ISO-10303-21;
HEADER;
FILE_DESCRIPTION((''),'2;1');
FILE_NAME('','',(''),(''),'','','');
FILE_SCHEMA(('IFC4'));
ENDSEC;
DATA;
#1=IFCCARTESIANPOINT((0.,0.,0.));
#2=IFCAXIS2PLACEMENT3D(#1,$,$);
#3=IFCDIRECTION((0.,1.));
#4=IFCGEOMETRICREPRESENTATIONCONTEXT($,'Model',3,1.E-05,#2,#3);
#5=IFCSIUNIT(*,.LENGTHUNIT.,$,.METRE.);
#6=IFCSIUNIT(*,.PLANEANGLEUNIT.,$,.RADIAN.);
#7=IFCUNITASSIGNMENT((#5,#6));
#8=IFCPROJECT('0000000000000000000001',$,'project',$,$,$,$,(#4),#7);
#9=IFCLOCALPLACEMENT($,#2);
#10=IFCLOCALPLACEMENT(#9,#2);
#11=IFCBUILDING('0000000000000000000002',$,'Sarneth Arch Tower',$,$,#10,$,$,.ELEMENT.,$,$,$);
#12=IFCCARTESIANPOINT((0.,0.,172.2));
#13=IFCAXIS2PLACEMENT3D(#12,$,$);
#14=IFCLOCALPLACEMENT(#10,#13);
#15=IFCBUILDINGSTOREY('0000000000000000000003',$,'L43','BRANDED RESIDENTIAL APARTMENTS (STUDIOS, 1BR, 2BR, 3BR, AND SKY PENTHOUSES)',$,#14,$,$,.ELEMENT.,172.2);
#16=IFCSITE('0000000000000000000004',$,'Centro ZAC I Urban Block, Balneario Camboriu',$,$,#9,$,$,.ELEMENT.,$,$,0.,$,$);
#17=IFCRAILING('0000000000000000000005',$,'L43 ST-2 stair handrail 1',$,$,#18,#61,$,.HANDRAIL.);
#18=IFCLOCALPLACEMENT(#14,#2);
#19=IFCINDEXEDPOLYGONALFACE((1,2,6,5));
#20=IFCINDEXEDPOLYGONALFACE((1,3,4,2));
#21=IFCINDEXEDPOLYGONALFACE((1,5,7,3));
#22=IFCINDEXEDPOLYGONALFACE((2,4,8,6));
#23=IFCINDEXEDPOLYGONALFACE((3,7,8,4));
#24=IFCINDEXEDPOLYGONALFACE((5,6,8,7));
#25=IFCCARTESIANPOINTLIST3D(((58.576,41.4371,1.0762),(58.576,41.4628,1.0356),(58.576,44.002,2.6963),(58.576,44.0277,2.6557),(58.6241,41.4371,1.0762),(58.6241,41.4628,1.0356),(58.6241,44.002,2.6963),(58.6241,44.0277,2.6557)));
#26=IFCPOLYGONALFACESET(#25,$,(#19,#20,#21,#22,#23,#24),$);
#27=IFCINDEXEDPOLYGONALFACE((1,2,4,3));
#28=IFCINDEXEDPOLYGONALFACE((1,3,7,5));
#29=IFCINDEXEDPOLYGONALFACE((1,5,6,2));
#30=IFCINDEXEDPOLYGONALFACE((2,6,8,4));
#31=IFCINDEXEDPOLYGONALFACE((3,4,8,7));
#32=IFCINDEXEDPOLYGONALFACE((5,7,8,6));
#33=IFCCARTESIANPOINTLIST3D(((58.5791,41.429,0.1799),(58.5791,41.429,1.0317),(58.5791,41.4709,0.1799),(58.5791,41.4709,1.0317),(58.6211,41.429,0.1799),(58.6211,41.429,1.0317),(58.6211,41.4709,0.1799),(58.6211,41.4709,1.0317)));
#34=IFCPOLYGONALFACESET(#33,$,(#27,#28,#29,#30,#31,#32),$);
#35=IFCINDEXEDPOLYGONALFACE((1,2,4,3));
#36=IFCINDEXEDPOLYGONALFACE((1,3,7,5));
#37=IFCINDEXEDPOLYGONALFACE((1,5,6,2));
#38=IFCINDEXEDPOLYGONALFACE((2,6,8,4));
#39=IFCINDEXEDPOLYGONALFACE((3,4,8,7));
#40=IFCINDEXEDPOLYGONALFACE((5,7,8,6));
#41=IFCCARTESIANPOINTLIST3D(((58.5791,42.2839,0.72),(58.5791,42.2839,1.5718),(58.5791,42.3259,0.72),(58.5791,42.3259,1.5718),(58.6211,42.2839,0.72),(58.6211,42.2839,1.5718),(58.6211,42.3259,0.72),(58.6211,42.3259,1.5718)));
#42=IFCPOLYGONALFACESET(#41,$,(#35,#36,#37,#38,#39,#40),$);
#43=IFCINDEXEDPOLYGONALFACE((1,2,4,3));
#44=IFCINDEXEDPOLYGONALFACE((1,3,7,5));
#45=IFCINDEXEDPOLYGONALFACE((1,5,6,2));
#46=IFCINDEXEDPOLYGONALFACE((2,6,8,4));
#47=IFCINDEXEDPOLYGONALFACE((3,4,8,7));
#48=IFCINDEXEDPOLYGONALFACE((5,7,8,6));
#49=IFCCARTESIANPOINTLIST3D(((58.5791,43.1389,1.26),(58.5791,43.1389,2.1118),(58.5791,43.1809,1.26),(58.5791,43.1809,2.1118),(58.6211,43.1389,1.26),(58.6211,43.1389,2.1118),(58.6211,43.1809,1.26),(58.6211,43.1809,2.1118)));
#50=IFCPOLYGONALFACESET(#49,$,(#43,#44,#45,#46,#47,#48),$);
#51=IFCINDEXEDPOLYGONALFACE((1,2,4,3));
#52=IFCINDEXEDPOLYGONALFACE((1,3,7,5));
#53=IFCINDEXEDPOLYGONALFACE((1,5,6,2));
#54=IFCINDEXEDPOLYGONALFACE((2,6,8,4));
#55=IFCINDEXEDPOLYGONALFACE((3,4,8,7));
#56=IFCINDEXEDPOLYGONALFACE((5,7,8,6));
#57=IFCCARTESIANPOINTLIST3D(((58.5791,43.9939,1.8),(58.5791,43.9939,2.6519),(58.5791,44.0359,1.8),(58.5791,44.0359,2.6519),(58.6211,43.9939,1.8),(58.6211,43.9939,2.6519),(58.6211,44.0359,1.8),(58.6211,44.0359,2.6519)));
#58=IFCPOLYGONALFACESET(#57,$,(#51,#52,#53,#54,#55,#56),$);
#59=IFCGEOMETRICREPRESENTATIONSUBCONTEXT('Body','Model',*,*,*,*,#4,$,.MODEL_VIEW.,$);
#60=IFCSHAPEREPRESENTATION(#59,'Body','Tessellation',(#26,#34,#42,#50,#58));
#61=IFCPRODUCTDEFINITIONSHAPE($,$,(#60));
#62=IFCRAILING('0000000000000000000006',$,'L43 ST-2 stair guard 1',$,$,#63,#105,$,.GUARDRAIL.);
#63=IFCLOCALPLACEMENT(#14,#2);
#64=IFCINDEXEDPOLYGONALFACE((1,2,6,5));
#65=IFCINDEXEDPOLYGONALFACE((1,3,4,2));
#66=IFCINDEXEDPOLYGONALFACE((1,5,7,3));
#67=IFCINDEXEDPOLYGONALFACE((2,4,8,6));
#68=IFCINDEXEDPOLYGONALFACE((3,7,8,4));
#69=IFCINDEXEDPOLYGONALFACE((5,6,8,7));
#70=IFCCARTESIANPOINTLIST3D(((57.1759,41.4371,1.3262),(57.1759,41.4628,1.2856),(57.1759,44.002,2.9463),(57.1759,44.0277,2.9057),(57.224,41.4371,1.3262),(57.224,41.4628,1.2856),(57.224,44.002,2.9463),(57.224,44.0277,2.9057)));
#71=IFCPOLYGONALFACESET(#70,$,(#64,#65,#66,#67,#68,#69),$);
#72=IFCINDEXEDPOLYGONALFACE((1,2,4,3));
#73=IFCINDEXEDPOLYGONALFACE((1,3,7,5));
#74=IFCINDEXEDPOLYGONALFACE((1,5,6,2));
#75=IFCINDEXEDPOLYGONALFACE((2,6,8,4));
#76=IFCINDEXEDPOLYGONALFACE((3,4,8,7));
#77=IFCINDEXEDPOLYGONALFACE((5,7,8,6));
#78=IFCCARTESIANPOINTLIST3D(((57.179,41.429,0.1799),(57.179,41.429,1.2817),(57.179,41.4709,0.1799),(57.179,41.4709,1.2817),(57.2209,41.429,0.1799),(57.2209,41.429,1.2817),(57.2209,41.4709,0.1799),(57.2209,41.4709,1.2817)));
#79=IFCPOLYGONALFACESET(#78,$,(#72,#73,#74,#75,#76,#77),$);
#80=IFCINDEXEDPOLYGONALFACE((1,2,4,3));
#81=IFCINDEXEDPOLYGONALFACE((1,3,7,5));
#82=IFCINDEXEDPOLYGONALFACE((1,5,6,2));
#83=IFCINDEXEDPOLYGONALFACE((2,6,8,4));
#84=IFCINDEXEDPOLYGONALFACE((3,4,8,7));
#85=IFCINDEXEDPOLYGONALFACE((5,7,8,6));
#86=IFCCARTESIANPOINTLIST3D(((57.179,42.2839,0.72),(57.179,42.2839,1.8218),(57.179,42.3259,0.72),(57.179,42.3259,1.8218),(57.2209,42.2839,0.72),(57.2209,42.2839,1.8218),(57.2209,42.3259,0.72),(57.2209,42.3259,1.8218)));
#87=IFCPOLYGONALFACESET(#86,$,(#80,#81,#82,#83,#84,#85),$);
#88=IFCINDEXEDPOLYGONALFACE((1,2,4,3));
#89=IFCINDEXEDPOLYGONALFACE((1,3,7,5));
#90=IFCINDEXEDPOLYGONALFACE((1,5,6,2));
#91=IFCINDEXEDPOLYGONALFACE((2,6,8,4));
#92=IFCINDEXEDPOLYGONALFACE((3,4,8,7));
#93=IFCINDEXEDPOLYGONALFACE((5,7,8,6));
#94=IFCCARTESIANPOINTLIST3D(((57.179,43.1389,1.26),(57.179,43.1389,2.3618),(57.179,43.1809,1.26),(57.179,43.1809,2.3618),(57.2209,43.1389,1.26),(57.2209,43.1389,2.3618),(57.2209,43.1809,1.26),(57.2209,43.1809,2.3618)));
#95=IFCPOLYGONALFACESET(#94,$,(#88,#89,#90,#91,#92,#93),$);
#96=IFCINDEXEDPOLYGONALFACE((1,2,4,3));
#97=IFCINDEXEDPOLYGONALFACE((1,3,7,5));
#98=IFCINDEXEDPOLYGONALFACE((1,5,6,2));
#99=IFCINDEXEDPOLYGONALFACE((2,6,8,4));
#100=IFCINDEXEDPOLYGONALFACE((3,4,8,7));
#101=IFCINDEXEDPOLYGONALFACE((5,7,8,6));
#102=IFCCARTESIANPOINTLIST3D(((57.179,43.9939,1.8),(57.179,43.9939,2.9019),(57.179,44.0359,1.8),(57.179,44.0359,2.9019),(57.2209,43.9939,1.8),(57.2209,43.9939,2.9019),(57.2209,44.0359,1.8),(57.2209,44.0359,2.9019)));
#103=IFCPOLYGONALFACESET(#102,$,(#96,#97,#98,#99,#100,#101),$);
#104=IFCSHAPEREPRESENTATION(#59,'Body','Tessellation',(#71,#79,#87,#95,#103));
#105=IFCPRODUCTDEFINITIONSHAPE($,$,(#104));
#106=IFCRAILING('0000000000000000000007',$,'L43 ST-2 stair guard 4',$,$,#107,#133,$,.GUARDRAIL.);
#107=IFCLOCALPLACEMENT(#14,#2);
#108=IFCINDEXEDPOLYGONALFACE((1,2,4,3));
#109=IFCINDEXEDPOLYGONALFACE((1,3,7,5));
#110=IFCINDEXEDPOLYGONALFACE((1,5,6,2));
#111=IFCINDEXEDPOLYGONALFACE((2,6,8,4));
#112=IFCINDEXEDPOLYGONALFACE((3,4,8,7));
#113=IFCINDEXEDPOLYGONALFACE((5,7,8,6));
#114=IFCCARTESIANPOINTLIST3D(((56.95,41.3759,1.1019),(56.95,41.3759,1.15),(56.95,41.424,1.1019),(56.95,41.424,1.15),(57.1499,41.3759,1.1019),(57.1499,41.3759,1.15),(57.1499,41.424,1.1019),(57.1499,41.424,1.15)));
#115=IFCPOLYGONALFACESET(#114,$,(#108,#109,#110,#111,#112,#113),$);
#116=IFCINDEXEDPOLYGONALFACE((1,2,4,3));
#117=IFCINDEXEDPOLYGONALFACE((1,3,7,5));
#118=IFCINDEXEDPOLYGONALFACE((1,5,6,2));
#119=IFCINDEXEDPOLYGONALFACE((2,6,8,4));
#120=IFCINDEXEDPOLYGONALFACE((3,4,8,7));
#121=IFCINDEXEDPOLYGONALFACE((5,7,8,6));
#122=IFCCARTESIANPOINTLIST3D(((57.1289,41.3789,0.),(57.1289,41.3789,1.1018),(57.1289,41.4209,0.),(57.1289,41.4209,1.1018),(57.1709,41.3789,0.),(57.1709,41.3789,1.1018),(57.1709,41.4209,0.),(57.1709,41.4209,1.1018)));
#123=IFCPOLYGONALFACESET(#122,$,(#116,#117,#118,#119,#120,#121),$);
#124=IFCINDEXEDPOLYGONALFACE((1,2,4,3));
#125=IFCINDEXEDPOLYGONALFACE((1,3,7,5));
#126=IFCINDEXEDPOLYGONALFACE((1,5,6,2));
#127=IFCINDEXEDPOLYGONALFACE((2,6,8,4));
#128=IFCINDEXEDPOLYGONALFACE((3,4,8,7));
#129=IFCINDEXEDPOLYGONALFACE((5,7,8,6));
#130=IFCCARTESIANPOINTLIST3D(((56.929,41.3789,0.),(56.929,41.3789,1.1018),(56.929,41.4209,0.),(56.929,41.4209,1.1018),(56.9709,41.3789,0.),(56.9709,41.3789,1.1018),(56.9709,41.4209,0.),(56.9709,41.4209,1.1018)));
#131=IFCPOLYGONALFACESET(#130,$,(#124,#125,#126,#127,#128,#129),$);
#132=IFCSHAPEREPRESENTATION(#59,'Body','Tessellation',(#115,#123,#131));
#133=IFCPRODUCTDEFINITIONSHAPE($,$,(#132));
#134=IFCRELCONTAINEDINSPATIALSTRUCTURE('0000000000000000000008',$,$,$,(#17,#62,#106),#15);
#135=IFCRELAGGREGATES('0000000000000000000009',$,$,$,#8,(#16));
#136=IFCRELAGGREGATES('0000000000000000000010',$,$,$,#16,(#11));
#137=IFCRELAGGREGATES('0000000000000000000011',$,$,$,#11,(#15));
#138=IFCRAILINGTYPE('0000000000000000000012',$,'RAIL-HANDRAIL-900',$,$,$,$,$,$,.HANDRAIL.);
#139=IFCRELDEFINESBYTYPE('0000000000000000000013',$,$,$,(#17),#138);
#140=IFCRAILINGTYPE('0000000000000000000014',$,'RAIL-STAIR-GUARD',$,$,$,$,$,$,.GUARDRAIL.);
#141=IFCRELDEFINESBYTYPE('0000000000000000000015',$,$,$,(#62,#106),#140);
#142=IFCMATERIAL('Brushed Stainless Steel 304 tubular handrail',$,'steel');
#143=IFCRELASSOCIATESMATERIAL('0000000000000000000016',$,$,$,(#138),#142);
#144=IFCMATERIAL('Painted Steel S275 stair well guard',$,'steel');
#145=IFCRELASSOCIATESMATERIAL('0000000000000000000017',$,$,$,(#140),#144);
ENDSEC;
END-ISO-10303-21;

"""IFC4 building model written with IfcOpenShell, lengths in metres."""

from ifc_helpers import new_model, si_unit, direction, frame, origin, origin_2d, place, context, subcontext, project, spatial, rectangle, extrude, material, type_object, element, save


model = new_model("IFC4")

# Units and contexts
model_context = context("Model", 3, precision=1e-05, world=origin(), true_north=direction((0.0, 1.0)))
body_context = subcontext(model_context, "Body", "Model", "MODEL_VIEW")
ifc_project = project(units=[si_unit("LENGTHUNIT", "METRE"), si_unit("PLANEANGLEUNIT", "RADIAN")], contexts=[model_context])

# Site, building, storey
site_placement = place(None, origin())
site = spatial("IfcSite", under=ifc_project, at=site_placement, Name="Centro ZAC I Urban Block, Balneario Camboriu", CompositionType="ELEMENT", RefElevation=0.0)
building_placement = place(site_placement, origin())
building = spatial("IfcBuilding", under=site, at=building_placement, Name="Sarneth Arch Tower", CompositionType="ELEMENT")
storey_placement = place(building_placement, frame((0.0, 0.0, 172.2)))
storey = spatial("IfcBuildingStorey", under=building, at=storey_placement, Name="L43", Description="BRANDED RESIDENTIAL APARTMENTS (STUDIOS, 1BR, 2BR, 3BR, AND SKY PENTHOUSES)", CompositionType="ELEMENT", Elevation=172.2)

# Railings
ifc_material_1 = material(Name="Brushed Stainless Steel 304 tubular handrail", Category="steel")
railing_type_1 = type_object("IfcRailingType", Name="RAIL-HANDRAIL-900", PredefinedType="HANDRAIL", material=ifc_material_1)
railing_1_placement = place(storey_placement, frame((58.6001, 41.45, 0.1799)))
element("IfcRailing", 1, at=railing_1_placement, inside=storey, type_object=railing_type_1, Name="L43 ST-2 stair handrail 1", PredefinedType="HANDRAIL", context=body_context, shape_type="SweptSolid", body=[
    extrude(rectangle(XDim=0.0481, YDim=0.0481, at=origin_2d()), frame((0.0, 0.0, 0.876), z_axis=(0.0, 0.845466, 0.534029), x_axis=(-1.0, 0.0, 0.0)), (0.0, 0.0, 1.0), 3.0337),
    extrude(rectangle(XDim=0.042, YDim=0.042, at=origin_2d()), origin(), (0.0, 0.0, 1.0), 0.8518),
    extrude(rectangle(XDim=0.042, YDim=0.042, at=origin_2d()), frame((0.0, 0.855, 0.54)), (0.0, 0.0, 1.0), 0.8518),
    extrude(rectangle(XDim=0.042, YDim=0.042, at=origin_2d()), frame((0.0, 1.71, 1.0801)), (0.0, 0.0, 1.0), 0.8518),
    extrude(rectangle(XDim=0.042, YDim=0.042, at=origin_2d()), frame((0.0, 2.5649, 1.6201)), (0.0, 0.0, 1.0), 0.8518),
])
ifc_material_2 = material(Name="Painted Steel S275 stair well guard", Category="steel")
railing_type_2 = type_object("IfcRailingType", Name="RAIL-STAIR-GUARD", PredefinedType="GUARDRAIL", material=ifc_material_2)
railing_2_placement = place(storey_placement, frame((57.2, 41.45, 0.1799)))
element("IfcRailing", 2, at=railing_2_placement, inside=storey, type_object=railing_type_2, Name="L43 ST-2 stair guard 1", PredefinedType="GUARDRAIL", context=body_context, shape_type="SweptSolid", body=[
    extrude(rectangle(XDim=0.0481, YDim=0.0481, at=origin_2d()), frame((0.0, 0.0, 1.126), z_axis=(0.0, 0.845466, 0.534029), x_axis=(-1.0, 0.0, 0.0)), (0.0, 0.0, 1.0), 3.0337),
    extrude(rectangle(XDim=0.042, YDim=0.042, at=origin_2d()), origin(), (0.0, 0.0, 1.0), 1.1018),
    extrude(rectangle(XDim=0.042, YDim=0.042, at=origin_2d()), frame((0.0, 0.855, 0.54)), (0.0, 0.0, 1.0), 1.1018),
    extrude(rectangle(XDim=0.042, YDim=0.042, at=origin_2d()), frame((0.0, 1.71, 1.0801)), (0.0, 0.0, 1.0), 1.1018),
    extrude(rectangle(XDim=0.042, YDim=0.042, at=origin_2d()), frame((0.0, 2.5649, 1.6201)), (0.0, 0.0, 1.0), 1.1018),
])
railing_3_placement = place(storey_placement, frame((57.1499, 41.3999, 0.0)))
element("IfcRailing", 3, at=railing_3_placement, inside=storey, type_object=railing_type_2, Name="L43 ST-2 stair guard 4", PredefinedType="GUARDRAIL", context=body_context, shape_type="SweptSolid", body=[
    extrude(rectangle(XDim=0.0481, YDim=0.0481, at=origin_2d()), frame((0.0, 0.0, 1.126), z_axis=(-1.0, 0.0, 0.0), x_axis=(0.0, -1.0, 0.0)), (0.0, 0.0, 1.0), 0.2),
    extrude(rectangle(XDim=0.042, YDim=0.042, at=origin_2d()), origin(), (0.0, 0.0, 1.0), 1.1018),
    extrude(rectangle(XDim=0.042, YDim=0.042, at=origin_2d()), frame((-0.2, 0.0, 0.0)), (0.0, 0.0, 1.0), 1.1018),
])

save(model, "model.ifc")
